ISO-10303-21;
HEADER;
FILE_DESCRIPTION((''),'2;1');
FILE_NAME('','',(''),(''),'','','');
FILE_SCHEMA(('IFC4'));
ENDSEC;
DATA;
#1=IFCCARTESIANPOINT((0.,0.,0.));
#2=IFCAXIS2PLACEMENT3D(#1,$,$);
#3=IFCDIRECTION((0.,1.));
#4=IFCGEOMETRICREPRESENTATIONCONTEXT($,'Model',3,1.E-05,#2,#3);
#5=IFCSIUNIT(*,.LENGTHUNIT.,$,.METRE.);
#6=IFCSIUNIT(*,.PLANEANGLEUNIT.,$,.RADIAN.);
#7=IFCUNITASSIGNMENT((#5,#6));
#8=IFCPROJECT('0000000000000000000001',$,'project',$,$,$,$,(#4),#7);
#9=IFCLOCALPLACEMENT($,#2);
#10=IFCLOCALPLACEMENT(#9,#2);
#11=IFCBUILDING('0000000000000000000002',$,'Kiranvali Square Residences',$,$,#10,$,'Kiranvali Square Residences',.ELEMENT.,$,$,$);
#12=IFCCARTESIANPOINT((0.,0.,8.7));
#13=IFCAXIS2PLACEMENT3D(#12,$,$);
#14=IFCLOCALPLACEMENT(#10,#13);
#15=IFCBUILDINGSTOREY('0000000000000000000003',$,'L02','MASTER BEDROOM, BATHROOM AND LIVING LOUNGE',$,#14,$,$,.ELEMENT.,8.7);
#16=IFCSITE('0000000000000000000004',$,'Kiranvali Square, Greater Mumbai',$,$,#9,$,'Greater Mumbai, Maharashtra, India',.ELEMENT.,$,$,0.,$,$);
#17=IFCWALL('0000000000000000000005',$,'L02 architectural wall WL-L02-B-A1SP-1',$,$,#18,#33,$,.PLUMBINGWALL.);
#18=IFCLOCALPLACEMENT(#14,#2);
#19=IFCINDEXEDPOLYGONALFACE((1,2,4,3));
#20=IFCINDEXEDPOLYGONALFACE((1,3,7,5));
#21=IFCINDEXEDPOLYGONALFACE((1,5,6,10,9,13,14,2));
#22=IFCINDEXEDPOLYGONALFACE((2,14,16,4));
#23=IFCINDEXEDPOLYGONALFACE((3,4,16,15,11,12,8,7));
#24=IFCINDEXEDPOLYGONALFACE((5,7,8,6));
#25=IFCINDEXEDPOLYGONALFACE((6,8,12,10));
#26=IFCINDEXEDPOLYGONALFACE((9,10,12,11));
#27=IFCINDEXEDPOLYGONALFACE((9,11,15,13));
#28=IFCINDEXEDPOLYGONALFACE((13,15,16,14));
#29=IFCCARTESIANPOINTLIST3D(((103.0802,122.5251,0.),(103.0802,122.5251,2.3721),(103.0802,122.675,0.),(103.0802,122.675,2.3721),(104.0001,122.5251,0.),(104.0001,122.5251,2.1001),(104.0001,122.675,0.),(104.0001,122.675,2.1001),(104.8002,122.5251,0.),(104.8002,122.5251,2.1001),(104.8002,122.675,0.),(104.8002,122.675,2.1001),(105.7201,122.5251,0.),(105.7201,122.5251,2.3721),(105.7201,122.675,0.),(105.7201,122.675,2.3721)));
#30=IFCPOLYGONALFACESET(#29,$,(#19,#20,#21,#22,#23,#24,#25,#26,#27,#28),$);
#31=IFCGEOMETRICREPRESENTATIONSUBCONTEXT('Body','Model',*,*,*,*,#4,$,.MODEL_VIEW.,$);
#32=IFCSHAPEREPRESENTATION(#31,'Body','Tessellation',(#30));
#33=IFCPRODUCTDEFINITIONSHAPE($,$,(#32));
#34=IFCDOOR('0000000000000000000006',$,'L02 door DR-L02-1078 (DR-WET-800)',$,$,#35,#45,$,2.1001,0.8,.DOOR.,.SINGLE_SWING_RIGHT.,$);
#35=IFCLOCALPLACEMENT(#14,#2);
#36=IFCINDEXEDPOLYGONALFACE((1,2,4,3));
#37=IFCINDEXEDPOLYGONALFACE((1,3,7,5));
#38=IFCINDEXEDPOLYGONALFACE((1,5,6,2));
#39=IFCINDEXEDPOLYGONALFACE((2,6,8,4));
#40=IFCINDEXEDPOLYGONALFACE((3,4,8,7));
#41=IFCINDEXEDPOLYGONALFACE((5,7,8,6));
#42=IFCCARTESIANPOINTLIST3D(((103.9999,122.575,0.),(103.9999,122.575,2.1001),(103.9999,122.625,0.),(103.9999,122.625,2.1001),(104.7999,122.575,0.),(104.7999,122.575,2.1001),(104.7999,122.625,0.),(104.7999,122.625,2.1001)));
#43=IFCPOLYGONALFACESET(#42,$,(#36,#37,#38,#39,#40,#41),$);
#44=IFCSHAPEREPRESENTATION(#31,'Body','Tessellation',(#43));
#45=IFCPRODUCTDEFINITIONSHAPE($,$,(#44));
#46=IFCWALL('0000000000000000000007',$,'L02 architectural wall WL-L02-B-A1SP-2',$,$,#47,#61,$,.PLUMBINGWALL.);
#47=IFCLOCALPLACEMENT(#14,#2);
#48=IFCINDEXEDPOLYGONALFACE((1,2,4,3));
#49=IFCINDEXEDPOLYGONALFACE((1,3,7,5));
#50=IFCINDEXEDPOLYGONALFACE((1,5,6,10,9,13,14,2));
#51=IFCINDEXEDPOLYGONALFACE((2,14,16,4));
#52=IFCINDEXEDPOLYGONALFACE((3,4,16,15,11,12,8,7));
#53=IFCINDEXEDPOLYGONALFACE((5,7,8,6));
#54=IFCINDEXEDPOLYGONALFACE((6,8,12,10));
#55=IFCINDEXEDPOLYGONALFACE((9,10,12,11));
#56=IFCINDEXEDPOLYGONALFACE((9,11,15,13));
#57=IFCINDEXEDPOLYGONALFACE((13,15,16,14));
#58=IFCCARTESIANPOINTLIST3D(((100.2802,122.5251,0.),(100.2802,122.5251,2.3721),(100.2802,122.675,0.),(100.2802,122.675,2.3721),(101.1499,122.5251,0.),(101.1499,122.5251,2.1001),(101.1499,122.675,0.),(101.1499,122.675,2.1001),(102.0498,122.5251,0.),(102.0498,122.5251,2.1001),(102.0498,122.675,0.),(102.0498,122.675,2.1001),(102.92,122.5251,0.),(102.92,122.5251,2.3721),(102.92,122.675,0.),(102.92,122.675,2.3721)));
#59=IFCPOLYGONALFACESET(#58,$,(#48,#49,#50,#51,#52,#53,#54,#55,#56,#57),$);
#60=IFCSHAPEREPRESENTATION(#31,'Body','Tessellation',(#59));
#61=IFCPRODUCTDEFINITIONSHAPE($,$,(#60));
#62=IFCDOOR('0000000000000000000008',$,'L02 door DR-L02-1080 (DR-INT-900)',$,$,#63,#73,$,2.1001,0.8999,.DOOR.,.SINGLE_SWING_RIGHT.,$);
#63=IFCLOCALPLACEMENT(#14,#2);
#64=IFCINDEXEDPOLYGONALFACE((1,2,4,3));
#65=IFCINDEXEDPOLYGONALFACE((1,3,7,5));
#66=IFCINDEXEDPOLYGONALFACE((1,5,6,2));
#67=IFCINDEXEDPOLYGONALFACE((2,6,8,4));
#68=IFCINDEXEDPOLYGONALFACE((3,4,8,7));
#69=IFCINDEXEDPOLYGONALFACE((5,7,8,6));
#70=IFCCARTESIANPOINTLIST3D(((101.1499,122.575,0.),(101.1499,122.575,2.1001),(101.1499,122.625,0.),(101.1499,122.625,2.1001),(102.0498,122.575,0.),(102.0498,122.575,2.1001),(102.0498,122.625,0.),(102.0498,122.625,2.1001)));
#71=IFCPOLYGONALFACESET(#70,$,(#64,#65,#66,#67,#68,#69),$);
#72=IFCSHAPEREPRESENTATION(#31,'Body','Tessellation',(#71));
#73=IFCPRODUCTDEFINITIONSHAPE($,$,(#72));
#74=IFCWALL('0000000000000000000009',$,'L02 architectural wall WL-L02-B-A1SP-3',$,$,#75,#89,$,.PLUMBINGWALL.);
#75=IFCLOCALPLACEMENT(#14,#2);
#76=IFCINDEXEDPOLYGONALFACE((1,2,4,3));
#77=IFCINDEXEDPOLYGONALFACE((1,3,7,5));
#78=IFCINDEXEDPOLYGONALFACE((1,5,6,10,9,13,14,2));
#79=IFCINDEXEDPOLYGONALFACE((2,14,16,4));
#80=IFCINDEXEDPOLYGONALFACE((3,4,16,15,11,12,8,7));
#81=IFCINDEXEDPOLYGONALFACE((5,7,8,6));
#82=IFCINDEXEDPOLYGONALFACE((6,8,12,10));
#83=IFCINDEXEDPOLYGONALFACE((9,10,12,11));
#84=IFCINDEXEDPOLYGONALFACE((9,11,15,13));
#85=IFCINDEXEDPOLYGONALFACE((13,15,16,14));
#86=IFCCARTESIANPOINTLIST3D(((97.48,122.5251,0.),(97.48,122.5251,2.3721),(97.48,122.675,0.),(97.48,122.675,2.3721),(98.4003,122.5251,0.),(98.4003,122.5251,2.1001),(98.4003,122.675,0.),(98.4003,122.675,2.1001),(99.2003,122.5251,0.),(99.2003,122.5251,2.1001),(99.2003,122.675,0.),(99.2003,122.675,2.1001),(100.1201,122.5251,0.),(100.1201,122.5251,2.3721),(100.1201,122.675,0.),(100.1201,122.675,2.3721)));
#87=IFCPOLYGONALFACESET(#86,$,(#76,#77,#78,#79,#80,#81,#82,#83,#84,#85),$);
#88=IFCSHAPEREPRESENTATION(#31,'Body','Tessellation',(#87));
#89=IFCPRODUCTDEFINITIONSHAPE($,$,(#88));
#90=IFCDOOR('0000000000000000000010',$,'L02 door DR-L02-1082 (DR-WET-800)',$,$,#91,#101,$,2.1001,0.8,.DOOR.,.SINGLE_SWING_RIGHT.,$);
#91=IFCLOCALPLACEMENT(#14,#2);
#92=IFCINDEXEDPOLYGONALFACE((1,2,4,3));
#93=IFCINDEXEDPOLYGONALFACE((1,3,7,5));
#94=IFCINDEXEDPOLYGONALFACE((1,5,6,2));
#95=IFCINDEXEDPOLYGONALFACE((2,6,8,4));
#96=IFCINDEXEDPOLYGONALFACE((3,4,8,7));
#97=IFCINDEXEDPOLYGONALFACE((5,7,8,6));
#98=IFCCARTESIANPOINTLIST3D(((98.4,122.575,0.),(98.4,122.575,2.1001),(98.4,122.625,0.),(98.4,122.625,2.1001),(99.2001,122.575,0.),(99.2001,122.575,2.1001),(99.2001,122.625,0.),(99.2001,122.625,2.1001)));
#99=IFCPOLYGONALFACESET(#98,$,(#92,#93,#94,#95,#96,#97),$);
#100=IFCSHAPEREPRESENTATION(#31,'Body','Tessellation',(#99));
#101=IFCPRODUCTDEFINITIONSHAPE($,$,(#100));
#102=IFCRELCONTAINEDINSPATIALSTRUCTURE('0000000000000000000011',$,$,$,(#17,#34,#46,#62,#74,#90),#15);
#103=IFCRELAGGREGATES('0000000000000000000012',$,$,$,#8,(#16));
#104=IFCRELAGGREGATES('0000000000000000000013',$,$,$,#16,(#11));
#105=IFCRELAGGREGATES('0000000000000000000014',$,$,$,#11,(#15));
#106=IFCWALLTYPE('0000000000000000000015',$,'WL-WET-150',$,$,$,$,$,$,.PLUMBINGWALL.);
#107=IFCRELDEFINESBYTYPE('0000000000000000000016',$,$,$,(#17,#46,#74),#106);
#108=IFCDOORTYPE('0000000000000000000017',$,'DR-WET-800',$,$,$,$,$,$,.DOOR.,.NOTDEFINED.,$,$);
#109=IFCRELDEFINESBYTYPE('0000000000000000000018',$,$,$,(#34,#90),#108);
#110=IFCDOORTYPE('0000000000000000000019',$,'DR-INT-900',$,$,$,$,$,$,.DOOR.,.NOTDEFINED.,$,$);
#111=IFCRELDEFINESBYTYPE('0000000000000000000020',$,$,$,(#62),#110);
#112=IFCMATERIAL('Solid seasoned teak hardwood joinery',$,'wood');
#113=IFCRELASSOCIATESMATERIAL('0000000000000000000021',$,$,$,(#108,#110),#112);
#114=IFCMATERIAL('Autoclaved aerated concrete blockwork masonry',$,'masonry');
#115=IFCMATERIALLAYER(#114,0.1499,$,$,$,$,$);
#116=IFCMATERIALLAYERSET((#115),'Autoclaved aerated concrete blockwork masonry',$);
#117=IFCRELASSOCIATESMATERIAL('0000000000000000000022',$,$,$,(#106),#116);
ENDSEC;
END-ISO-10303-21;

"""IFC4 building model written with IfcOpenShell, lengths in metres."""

from ifc_helpers import new_model, si_unit, direction, frame, frame_2d, origin, place, context, subcontext, project, spatial, rectangle, extrude, material, layer, layer_set, type_object, element, fill, save


model = new_model("IFC4")

# Units and contexts
model_context = context("Model", 3, precision=1e-05, world=origin(), true_north=direction((0.0, 1.0)))
body_context = subcontext(model_context, "Body", "Model", "MODEL_VIEW")
ifc_project = project(units=[si_unit("LENGTHUNIT", "METRE"), si_unit("PLANEANGLEUNIT", "RADIAN")], contexts=[model_context])

# Site, building, storey
site_placement = place(None, origin())
site = spatial("IfcSite", under=ifc_project, at=site_placement, Name="Kiranvali Square, Greater Mumbai", LongName="Greater Mumbai, Maharashtra, India", CompositionType="ELEMENT", RefElevation=0.0)
building_placement = place(site_placement, origin())
building = spatial("IfcBuilding", under=site, at=building_placement, Name="Kiranvali Square Residences", LongName="Kiranvali Square Residences", CompositionType="ELEMENT")
storey_placement = place(building_placement, frame((0.0, 0.0, 8.7)))
storey = spatial("IfcBuildingStorey", under=building, at=storey_placement, Name="L02", Description="MASTER BEDROOM, BATHROOM AND LIVING LOUNGE", CompositionType="ELEMENT", Elevation=8.7)

# Shared definitions
ifc_material_1 = material(Name="Autoclaved aerated concrete blockwork masonry", Category="masonry")

# Walls, openings, doors
ifc_material_2 = material(Name="Solid seasoned teak hardwood joinery", Category="wood")
door_type_1 = type_object("IfcDoorType", Name="DR-WET-800", OperationType="NOTDEFINED", PredefinedType="DOOR", material=ifc_material_2)
ifc_layer_1 = layer(ifc_material_1, 0.1499)
ifc_layer_set_1 = layer_set([ifc_layer_1], Name="Autoclaved aerated concrete blockwork masonry")
wall_type_1 = type_object("IfcWallType", Name="WL-WET-150", PredefinedType="PLUMBINGWALL", material=ifc_layer_set_1)
door_type_2 = type_object("IfcDoorType", Name="DR-INT-900", OperationType="NOTDEFINED", PredefinedType="DOOR", material=ifc_material_2)
wall_1_placement = place(storey_placement, frame((105.72, 122.6001, 0.0), z_axis=(0.0, 0.0, 1.0), x_axis=(-1.0, 0.0, 0.0)))
wall_1 = element("IfcWall", 1, at=wall_1_placement, inside=storey, type_object=wall_type_1, Name="L02 architectural wall WL-L02-B-A1SP-1", PredefinedType="PLUMBINGWALL", context=body_context, shape_type="SweptSolid", body=[
    extrude(rectangle(XDim=2.6399, YDim=0.1499, at=frame_2d((1.3198, 0.0))), origin(), (0.0, 0.0, 1.0), 2.3721),
])
opening_1_placement = place(wall_1_placement, frame((0.9199, 0.0, 0.0)))
opening_1 = element("IfcOpeningElement", 2, at=opening_1_placement, cuts=wall_1, PredefinedType="OPENING", context=body_context, shape_type="SweptSolid", body=[
    extrude(rectangle(XDim=0.8, YDim=2.1001, at=frame_2d((0.3999, 1.05))), frame((0.0, 0.085, 0.0), z_axis=(0.0, -1.0, 0.0), x_axis=(1.0, 0.0, 0.0)), (0.0, 0.0, 1.0), 0.1699),
])
door_1_placement = place(opening_1_placement, frame((0.8, 0.0, 0.0), z_axis=(0.0, 0.0, 1.0), x_axis=(-1.0, 0.0, 0.0)))
door_1 = element("IfcDoor", 3, at=door_1_placement, inside=storey, type_object=door_type_1, Name="L02 door DR-L02-1078 (DR-WET-800)", OperationType="SINGLE_SWING_RIGHT", OverallHeight=2.1001, OverallWidth=0.8, PredefinedType="DOOR", context=body_context, shape_type="SweptSolid", body=[
    extrude(rectangle(XDim=0.8, YDim=2.1001, at=frame_2d((0.3999, 1.05))), frame((0.0, 0.0249, 0.0), z_axis=(0.0, -1.0, 0.0), x_axis=(1.0, 0.0, 0.0)), (0.0, 0.0, 1.0), 0.05),
])
fill(opening_1, door_1)
wall_2_placement = place(storey_placement, frame((102.9199, 122.6001, 0.0), z_axis=(0.0, 0.0, 1.0), x_axis=(-1.0, 0.0, 0.0)))
wall_2 = element("IfcWall", 4, at=wall_2_placement, inside=storey, type_object=wall_type_1, Name="L02 architectural wall WL-L02-B-A1SP-2", PredefinedType="PLUMBINGWALL", context=body_context, shape_type="SweptSolid", body=[
    extrude(rectangle(XDim=2.6399, YDim=0.1499, at=frame_2d((1.3198, 0.0))), origin(), (0.0, 0.0, 1.0), 2.3721),
])
opening_2_placement = place(wall_2_placement, frame((0.8701, 0.0, 0.0)))
opening_2 = element("IfcOpeningElement", 5, at=opening_2_placement, cuts=wall_2, PredefinedType="OPENING", context=body_context, shape_type="SweptSolid", body=[
    extrude(rectangle(XDim=0.8999, YDim=2.1001, at=frame_2d((0.45, 1.05))), frame((0.0, 0.085, 0.0), z_axis=(0.0, -1.0, 0.0), x_axis=(1.0, 0.0, 0.0)), (0.0, 0.0, 1.0), 0.1699),
])
door_2_placement = place(opening_2_placement, frame((0.8999, 0.0, 0.0), z_axis=(0.0, 0.0, 1.0), x_axis=(-1.0, 0.0, 0.0)))
door_2 = element("IfcDoor", 6, at=door_2_placement, inside=storey, type_object=door_type_2, Name="L02 door DR-L02-1080 (DR-INT-900)", OperationType="SINGLE_SWING_RIGHT", OverallHeight=2.1001, OverallWidth=0.8999, PredefinedType="DOOR", context=body_context, shape_type="SweptSolid", body=[
    extrude(rectangle(XDim=0.8999, YDim=2.1001, at=frame_2d((0.45, 1.05))), frame((0.0, 0.0249, 0.0), z_axis=(0.0, -1.0, 0.0), x_axis=(1.0, 0.0, 0.0)), (0.0, 0.0, 1.0), 0.05),
])
fill(opening_2, door_2)
wall_3_placement = place(storey_placement, frame((100.1201, 122.6001, 0.0), z_axis=(0.0, 0.0, 1.0), x_axis=(-1.0, 0.0, 0.0)))
wall_3 = element("IfcWall", 7, at=wall_3_placement, inside=storey, type_object=wall_type_1, Name="L02 architectural wall WL-L02-B-A1SP-3", PredefinedType="PLUMBINGWALL", context=body_context, shape_type="SweptSolid", body=[
    extrude(rectangle(XDim=2.6401, YDim=0.1499, at=frame_2d((1.3201, 0.0))), origin(), (0.0, 0.0, 1.0), 2.3721),
])
opening_3_placement = place(wall_3_placement, frame((0.9199, 0.0, 0.0)))
opening_3 = element("IfcOpeningElement", 8, at=opening_3_placement, cuts=wall_3, PredefinedType="OPENING", context=body_context, shape_type="SweptSolid", body=[
    extrude(rectangle(XDim=0.8, YDim=2.1001, at=frame_2d((0.3999, 1.05))), frame((0.0, 0.085, 0.0), z_axis=(0.0, -1.0, 0.0), x_axis=(1.0, 0.0, 0.0)), (0.0, 0.0, 1.0), 0.1699),
])
door_3_placement = place(opening_3_placement, frame((0.8, 0.0, 0.0), z_axis=(0.0, 0.0, 1.0), x_axis=(-1.0, 0.0, 0.0)))
door_3 = element("IfcDoor", 9, at=door_3_placement, inside=storey, type_object=door_type_1, Name="L02 door DR-L02-1082 (DR-WET-800)", OperationType="SINGLE_SWING_RIGHT", OverallHeight=2.1001, OverallWidth=0.8, PredefinedType="DOOR", context=body_context, shape_type="SweptSolid", body=[
    extrude(rectangle(XDim=0.8, YDim=2.1001, at=frame_2d((0.3999, 1.05))), frame((0.0, 0.0249, 0.0), z_axis=(0.0, -1.0, 0.0), x_axis=(1.0, 0.0, 0.0)), (0.0, 0.0, 1.0), 0.05),
])
fill(opening_3, door_3)

save(model, "model.ifc")
